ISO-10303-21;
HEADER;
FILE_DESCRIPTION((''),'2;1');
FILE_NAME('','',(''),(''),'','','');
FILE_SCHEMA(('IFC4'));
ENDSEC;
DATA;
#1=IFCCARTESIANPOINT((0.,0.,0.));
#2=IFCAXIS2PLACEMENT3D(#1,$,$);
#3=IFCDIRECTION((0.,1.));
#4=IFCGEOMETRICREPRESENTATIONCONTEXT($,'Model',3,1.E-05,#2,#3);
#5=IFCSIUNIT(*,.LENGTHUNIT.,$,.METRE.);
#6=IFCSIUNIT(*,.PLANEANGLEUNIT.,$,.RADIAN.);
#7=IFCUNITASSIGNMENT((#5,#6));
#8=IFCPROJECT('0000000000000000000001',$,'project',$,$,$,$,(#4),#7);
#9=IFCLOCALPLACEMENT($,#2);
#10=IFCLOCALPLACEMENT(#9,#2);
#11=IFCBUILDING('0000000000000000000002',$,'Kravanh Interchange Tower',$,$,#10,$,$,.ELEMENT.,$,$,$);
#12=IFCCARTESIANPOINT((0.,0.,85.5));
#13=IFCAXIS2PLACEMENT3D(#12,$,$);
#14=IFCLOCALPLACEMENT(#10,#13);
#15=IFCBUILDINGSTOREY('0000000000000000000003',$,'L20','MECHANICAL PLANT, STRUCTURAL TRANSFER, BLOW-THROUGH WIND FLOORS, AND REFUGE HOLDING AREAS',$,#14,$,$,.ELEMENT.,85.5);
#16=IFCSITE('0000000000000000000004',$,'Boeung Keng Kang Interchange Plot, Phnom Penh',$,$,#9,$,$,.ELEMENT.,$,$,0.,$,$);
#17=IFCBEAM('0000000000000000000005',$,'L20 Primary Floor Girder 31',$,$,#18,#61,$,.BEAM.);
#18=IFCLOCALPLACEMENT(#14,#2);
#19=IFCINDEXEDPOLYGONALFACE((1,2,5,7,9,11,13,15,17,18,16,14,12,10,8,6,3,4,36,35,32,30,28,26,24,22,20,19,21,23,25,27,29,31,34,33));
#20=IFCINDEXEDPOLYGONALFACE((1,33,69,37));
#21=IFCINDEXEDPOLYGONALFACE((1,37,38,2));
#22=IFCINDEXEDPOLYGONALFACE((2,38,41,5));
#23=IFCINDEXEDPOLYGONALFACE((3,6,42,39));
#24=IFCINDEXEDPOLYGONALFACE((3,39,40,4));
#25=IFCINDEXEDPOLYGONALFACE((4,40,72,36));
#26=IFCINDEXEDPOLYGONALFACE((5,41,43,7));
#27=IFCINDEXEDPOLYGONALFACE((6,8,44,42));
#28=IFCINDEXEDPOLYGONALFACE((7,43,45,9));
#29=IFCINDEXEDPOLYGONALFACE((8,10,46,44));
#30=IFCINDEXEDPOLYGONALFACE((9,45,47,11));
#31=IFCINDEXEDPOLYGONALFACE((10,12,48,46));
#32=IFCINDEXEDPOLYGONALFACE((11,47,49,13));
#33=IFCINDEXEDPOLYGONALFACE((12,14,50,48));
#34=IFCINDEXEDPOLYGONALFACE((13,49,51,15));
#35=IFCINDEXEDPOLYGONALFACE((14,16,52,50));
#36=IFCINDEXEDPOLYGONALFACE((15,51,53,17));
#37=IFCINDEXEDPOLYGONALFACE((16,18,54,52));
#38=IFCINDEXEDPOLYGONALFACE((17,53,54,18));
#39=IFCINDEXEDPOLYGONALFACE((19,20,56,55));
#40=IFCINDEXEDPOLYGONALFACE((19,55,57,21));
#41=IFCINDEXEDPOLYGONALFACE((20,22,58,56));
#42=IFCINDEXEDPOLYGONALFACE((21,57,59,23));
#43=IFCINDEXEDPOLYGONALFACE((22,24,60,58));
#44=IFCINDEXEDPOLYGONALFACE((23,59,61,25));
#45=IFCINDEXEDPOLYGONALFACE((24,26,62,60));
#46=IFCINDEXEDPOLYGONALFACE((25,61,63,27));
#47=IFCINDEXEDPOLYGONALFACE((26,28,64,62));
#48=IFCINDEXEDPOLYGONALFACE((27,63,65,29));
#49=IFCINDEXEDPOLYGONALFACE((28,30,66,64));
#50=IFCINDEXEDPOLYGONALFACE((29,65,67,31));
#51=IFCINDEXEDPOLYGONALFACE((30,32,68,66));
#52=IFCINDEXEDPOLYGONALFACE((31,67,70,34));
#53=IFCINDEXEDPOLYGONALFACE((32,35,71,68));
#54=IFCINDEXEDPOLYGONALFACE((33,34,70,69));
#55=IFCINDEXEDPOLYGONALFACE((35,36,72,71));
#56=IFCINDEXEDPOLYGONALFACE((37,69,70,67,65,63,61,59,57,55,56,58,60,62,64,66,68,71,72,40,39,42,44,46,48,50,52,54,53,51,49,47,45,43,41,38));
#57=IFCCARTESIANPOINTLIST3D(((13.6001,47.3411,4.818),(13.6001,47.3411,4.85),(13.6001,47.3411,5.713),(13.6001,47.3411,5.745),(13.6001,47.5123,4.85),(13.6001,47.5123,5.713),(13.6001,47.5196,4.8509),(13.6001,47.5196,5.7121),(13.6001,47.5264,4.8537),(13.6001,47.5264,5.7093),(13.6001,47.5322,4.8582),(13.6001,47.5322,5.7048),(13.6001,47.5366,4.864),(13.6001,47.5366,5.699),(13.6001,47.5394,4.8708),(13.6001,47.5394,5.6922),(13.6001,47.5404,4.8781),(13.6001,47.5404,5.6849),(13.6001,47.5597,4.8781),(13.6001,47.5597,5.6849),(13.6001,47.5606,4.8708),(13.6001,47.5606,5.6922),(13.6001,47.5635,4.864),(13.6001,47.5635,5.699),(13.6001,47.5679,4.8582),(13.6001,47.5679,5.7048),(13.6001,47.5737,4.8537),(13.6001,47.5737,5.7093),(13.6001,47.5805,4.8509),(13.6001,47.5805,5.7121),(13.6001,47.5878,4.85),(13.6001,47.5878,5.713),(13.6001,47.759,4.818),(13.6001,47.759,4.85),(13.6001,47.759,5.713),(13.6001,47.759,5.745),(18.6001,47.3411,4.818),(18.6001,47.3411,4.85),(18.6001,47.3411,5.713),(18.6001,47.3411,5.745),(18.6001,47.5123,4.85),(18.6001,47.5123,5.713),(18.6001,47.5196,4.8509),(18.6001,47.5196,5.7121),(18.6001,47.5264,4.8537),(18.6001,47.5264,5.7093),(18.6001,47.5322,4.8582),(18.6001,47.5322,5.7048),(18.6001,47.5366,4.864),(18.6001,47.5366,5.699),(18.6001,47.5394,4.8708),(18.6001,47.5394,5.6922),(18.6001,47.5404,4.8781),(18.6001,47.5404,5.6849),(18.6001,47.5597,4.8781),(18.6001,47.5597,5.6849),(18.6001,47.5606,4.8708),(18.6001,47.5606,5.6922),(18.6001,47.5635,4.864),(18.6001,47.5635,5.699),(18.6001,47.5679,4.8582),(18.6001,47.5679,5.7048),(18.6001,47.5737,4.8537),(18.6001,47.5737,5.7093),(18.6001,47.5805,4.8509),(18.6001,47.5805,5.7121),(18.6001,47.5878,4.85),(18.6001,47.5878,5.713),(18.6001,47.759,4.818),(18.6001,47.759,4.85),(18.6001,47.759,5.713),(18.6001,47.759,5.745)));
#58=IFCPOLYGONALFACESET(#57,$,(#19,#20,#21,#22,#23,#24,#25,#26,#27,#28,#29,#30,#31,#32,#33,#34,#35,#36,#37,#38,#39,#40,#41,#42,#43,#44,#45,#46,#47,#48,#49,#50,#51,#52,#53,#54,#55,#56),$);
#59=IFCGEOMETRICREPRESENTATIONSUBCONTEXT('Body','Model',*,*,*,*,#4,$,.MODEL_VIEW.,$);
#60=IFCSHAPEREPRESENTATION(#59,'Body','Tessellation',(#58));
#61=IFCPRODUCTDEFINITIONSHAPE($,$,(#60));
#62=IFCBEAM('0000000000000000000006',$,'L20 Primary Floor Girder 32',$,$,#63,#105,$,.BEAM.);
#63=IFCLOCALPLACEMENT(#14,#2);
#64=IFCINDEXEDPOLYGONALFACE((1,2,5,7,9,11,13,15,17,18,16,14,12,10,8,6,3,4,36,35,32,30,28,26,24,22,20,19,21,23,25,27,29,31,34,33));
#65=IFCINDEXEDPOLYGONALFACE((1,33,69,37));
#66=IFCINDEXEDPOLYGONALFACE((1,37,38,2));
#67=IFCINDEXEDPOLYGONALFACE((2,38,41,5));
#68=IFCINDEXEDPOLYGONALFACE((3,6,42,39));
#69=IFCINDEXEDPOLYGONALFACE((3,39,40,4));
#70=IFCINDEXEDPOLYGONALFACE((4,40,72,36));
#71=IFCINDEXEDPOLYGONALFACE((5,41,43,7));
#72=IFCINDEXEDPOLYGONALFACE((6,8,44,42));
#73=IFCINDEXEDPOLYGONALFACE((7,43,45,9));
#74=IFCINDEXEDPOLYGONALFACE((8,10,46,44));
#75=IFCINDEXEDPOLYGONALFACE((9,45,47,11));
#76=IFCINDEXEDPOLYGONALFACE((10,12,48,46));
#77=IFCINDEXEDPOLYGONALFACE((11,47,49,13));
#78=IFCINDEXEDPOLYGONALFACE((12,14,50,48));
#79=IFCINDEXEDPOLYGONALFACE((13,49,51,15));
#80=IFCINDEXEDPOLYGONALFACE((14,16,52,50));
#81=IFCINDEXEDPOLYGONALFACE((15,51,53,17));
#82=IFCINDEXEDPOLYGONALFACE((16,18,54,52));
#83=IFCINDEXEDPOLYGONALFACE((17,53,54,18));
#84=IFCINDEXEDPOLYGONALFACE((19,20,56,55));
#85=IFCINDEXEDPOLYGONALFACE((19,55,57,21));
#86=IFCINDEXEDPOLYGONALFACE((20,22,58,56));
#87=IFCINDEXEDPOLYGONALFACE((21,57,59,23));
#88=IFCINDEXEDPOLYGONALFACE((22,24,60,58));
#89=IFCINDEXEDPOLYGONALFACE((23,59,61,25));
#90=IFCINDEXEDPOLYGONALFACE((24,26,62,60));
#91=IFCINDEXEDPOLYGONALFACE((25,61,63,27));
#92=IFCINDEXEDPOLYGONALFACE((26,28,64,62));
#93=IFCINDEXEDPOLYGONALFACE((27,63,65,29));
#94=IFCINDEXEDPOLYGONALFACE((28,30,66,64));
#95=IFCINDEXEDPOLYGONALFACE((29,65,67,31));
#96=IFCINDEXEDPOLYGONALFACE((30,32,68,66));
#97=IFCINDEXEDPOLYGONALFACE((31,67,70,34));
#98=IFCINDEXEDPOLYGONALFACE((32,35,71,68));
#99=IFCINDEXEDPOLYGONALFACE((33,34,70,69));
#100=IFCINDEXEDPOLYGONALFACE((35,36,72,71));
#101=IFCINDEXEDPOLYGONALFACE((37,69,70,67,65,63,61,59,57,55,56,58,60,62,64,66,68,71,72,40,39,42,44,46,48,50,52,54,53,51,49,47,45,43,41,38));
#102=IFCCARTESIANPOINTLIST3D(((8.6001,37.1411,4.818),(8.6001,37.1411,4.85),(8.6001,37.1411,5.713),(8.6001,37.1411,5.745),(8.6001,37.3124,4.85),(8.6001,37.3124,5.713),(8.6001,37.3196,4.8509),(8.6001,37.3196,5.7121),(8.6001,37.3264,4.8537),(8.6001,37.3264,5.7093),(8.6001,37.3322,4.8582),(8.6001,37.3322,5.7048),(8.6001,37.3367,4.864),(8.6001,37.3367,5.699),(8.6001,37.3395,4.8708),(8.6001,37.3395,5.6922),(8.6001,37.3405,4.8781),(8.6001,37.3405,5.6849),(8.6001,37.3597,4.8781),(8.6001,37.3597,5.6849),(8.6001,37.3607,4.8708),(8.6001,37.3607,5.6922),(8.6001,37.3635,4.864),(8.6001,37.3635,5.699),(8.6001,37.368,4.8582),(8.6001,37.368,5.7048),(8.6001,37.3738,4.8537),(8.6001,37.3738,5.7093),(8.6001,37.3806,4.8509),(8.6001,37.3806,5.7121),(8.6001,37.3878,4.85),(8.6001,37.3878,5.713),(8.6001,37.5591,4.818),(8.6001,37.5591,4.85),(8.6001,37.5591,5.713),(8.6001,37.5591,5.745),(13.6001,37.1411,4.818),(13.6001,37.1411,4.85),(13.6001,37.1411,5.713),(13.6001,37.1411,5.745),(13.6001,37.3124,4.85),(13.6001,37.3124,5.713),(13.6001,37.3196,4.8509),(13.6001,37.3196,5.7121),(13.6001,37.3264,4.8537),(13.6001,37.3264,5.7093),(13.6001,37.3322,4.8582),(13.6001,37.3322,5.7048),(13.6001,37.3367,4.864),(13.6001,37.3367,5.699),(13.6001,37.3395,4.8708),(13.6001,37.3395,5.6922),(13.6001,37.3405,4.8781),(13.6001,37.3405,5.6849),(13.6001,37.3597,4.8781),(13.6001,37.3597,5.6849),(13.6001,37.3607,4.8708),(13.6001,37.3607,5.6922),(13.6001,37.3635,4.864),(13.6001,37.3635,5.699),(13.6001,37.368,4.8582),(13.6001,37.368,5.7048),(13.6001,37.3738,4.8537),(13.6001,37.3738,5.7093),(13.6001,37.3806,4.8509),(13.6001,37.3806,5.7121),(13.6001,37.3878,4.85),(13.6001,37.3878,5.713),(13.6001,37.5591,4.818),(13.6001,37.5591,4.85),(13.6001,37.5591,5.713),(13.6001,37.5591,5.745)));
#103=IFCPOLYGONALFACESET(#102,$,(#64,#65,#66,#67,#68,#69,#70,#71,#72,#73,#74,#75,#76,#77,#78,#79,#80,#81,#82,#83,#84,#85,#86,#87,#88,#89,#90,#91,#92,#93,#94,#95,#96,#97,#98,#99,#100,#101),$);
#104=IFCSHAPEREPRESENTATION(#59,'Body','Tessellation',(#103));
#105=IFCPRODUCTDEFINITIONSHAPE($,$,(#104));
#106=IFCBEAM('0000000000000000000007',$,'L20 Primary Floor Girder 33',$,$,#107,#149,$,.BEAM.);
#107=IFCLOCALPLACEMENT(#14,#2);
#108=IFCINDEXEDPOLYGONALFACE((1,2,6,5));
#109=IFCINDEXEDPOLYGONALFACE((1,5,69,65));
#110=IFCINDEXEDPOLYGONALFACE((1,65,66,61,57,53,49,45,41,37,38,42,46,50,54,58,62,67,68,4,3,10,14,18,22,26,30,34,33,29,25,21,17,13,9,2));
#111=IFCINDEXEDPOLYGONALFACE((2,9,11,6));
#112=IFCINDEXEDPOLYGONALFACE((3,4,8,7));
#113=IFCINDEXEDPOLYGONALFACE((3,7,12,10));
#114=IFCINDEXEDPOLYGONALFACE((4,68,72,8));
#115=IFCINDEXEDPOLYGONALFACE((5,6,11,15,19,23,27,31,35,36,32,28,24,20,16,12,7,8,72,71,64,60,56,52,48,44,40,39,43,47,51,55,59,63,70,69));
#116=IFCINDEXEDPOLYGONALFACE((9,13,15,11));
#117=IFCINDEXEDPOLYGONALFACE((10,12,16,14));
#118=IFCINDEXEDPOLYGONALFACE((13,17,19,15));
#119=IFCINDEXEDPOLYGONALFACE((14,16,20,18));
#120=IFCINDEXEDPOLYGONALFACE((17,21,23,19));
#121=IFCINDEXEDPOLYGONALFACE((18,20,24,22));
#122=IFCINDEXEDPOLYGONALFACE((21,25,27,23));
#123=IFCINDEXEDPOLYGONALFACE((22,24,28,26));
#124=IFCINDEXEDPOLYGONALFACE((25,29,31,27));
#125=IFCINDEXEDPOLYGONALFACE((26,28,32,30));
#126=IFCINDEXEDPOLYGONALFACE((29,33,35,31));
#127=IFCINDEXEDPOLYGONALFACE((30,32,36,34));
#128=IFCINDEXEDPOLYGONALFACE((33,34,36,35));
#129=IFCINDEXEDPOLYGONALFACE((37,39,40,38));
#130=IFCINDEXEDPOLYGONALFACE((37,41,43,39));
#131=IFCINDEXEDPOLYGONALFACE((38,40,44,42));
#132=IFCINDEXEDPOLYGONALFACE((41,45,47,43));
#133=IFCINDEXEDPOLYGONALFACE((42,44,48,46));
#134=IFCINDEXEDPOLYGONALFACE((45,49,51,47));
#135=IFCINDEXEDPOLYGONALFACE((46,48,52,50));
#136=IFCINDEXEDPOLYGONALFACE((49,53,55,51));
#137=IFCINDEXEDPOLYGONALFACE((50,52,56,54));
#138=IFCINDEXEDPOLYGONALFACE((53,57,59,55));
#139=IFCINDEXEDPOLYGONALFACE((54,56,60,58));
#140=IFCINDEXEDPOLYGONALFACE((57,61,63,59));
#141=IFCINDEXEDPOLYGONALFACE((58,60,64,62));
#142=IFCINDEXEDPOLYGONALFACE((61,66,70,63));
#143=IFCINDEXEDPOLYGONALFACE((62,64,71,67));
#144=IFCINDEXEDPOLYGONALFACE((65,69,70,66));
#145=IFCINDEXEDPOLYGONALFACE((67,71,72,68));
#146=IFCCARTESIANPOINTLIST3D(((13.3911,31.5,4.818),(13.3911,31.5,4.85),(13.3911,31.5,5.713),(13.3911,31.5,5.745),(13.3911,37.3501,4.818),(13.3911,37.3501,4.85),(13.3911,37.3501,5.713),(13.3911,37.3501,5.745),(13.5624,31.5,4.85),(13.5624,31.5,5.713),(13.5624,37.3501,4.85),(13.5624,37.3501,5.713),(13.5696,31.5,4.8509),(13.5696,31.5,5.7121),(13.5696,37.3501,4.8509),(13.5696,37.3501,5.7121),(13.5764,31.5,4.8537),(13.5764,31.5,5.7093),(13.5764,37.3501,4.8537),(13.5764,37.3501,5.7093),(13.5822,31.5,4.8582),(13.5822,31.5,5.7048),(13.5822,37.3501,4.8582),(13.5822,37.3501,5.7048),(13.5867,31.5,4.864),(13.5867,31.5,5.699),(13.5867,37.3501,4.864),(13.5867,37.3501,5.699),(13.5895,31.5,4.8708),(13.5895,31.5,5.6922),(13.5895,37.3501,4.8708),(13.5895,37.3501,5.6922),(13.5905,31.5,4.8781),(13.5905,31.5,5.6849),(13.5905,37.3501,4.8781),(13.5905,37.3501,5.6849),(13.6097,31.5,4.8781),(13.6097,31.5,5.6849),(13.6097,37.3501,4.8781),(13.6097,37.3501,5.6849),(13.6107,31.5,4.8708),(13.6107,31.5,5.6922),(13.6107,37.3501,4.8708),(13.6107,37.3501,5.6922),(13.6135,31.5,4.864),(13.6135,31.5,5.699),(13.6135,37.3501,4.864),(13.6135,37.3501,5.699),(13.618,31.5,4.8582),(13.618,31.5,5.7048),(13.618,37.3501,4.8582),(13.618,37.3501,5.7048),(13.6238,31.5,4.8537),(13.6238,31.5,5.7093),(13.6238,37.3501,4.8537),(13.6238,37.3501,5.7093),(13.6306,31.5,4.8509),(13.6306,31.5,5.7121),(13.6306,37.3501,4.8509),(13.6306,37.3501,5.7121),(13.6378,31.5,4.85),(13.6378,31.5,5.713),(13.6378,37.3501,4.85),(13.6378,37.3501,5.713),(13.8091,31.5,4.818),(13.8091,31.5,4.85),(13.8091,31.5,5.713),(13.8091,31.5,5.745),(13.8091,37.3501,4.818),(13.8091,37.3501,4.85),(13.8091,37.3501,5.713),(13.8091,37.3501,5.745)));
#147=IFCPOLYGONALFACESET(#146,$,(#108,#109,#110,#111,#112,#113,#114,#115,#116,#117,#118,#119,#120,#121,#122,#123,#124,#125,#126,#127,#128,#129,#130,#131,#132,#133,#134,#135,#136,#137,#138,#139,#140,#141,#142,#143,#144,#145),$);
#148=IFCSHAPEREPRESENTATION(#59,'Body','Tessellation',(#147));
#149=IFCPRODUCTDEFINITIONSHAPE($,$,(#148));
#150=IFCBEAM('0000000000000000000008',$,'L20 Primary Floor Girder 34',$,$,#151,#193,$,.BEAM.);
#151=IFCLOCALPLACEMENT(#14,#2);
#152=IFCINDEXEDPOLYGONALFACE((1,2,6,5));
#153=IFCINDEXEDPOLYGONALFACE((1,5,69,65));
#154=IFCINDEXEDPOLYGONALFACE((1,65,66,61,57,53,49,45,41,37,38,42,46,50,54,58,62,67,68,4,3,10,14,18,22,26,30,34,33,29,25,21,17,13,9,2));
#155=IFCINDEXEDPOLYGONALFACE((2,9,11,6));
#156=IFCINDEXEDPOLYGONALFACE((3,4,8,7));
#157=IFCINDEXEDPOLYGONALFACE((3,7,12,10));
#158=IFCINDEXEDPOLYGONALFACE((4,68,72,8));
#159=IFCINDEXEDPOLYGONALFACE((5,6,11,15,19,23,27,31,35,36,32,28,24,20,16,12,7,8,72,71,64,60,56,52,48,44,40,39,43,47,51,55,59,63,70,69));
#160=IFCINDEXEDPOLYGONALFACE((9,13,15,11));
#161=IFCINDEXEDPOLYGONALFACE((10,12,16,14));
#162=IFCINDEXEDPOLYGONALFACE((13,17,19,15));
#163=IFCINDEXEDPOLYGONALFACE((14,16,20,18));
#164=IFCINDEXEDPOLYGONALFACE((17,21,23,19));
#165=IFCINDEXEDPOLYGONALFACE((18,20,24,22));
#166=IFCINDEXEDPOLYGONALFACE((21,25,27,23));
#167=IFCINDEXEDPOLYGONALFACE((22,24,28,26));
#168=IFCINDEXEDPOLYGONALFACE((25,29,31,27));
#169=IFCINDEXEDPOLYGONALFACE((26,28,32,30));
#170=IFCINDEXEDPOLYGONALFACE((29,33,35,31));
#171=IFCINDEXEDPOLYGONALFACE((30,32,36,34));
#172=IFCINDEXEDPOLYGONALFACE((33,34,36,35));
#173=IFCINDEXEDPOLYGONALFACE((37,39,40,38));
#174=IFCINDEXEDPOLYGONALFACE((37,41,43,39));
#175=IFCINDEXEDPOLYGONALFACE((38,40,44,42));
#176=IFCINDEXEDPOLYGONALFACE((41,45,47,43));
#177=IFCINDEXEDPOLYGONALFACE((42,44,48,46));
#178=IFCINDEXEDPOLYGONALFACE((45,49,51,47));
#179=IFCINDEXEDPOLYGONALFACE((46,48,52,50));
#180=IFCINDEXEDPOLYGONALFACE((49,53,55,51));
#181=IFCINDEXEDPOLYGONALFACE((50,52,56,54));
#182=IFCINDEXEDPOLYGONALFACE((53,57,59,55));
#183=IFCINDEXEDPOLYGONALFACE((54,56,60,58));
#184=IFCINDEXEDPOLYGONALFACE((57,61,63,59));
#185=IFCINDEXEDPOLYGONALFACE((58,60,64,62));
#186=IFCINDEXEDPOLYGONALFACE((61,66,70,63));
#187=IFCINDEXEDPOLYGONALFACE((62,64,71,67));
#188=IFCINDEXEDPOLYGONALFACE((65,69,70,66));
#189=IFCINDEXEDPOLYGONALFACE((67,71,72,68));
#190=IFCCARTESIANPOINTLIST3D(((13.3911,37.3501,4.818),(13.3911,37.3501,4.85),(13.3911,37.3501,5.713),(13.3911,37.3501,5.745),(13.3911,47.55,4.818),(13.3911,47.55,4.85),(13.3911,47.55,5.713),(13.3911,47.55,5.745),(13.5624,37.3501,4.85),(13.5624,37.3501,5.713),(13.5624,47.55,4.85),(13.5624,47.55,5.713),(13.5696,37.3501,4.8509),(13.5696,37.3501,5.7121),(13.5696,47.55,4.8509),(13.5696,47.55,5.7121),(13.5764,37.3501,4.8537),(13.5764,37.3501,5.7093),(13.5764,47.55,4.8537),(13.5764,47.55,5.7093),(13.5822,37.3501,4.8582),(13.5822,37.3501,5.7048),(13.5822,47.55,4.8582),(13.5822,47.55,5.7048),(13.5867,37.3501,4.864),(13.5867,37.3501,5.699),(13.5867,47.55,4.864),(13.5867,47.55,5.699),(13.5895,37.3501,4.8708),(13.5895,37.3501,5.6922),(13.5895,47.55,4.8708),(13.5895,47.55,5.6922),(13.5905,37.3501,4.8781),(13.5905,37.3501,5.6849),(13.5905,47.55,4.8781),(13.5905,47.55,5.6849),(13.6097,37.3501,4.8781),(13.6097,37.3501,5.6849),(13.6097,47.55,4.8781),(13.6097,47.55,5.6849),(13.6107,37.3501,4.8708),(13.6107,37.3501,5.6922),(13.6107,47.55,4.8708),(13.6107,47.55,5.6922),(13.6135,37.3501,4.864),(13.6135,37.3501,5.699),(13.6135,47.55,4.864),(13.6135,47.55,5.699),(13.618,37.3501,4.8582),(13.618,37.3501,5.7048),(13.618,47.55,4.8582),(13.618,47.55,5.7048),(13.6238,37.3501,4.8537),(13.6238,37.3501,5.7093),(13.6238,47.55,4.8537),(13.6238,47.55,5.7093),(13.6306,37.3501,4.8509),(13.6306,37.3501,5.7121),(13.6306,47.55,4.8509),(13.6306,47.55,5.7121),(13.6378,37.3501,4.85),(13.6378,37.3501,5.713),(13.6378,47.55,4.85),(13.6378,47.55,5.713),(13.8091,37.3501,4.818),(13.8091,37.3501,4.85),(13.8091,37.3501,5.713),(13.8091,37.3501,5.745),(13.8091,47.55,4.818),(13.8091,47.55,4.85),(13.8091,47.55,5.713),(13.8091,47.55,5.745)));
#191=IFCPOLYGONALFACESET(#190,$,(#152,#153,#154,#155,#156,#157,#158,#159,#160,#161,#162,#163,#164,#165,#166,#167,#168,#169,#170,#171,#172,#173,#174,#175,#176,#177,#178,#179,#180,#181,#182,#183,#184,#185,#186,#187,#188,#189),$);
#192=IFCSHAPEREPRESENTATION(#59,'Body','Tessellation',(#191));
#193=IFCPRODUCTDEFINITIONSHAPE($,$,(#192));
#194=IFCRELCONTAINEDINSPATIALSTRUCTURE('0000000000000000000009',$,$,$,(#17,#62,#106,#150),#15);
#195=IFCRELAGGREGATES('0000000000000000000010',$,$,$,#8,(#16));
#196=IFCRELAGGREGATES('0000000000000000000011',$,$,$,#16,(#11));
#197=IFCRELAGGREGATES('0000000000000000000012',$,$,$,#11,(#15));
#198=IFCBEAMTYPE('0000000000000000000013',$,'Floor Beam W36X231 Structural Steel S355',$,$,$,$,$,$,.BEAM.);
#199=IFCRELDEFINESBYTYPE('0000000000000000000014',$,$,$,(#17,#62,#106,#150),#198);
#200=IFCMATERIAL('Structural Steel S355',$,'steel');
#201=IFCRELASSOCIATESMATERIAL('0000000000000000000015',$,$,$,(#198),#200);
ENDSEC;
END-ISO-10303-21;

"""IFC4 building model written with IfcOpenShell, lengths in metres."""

from ifc_helpers import new_model, si_unit, direction, frame, origin, origin_2d, place, context, subcontext, project, spatial, i_section, extrude, material, material_profile, profile_set, type_object, element, save


model = new_model("IFC4")

# Units and contexts
model_context = context("Model", 3, precision=1e-05, world=origin(), true_north=direction((0.0, 1.0)))
body_context = subcontext(model_context, "Body", "Model", "MODEL_VIEW")
ifc_project = project(units=[si_unit("LENGTHUNIT", "METRE"), si_unit("PLANEANGLEUNIT", "RADIAN")], contexts=[model_context])

# Site, building, storey
site_placement = place(None, origin())
site = spatial("IfcSite", under=ifc_project, at=site_placement, Name="Boeung Keng Kang Interchange Plot, Phnom Penh", CompositionType="ELEMENT", RefElevation=0.0)
building_placement = place(site_placement, origin())
building = spatial("IfcBuilding", under=site, at=building_placement, Name="Kravanh Interchange Tower", CompositionType="ELEMENT")
storey_placement = place(building_placement, frame((0.0, 0.0, 85.5)))
storey = spatial("IfcBuildingStorey", under=building, at=storey_placement, Name="L20", Description="MECHANICAL PLANT, STRUCTURAL TRANSFER, BLOW-THROUGH WIND FLOORS, AND REFUGE HOLDING AREAS", CompositionType="ELEMENT", Elevation=85.5)

# Beams
ifc_material_1 = material(Name="Structural Steel S355", Category="steel")
ifc_material_profile_1 = material_profile(ifc_material_1, i_section(OverallWidth=0.418, OverallDepth=0.927, WebThickness=0.0193, FlangeThickness=0.032, FilletRadius=0.0281, at=origin_2d()), Name="W36X231")
ifc_profile_set_1 = profile_set([ifc_material_profile_1], Name="Structural Steel S355")
beam_type = type_object("IfcBeamType", Name="Floor Beam W36X231 Structural Steel S355", PredefinedType="BEAM", material=ifc_profile_set_1)
for number, where, z_axis, x_axis, name in (
    (1, (18.6001, 47.55, 5.2815), (-1.0, 0.0, 0.0), (0.0, -1.0, 0.0), "L20 Primary Floor Girder 31"),
    (2, (13.6001, 37.3501, 5.2815), (-1.0, 0.0, 0.0), (0.0, -1.0, 0.0), "L20 Primary Floor Girder 32"),
):
    element("IfcBeam", number, at=place(storey_placement, frame(where, z_axis=z_axis, x_axis=x_axis)), inside=storey, type_object=beam_type, Name=name, PredefinedType="BEAM", context=body_context, shape_type="SweptSolid", body=[
        extrude(i_section(OverallWidth=0.418, OverallDepth=0.927, WebThickness=0.0193, FlangeThickness=0.032, FilletRadius=0.0281, at=origin_2d()), origin(), (0.0, 0.0, 1.0), 5.0),
    ])
beam_1_placement = place(storey_placement, frame((13.6001, 37.3501, 5.2815), z_axis=(0.0, -1.0, 0.0), x_axis=(1.0, 0.0, 0.0)))
element("IfcBeam", 3, at=beam_1_placement, inside=storey, type_object=beam_type, Name="L20 Primary Floor Girder 33", PredefinedType="BEAM", context=body_context, shape_type="SweptSolid", body=[
    extrude(i_section(OverallWidth=0.418, OverallDepth=0.927, WebThickness=0.0193, FlangeThickness=0.032, FilletRadius=0.0281, at=origin_2d()), origin(), (0.0, 0.0, 1.0), 5.8501),
])
beam_2_placement = place(storey_placement, frame((13.6001, 37.3501, 5.2815), z_axis=(0.0, 1.0, 0.0), x_axis=(-1.0, 0.0, 0.0)))
element("IfcBeam", 4, at=beam_2_placement, inside=storey, type_object=beam_type, Name="L20 Primary Floor Girder 34", PredefinedType="BEAM", context=body_context, shape_type="SweptSolid", body=[
    extrude(i_section(OverallWidth=0.418, OverallDepth=0.927, WebThickness=0.0193, FlangeThickness=0.032, FilletRadius=0.0281, at=origin_2d()), origin(), (0.0, 0.0, 1.0), 10.2),
])

save(model, "model.ifc")
